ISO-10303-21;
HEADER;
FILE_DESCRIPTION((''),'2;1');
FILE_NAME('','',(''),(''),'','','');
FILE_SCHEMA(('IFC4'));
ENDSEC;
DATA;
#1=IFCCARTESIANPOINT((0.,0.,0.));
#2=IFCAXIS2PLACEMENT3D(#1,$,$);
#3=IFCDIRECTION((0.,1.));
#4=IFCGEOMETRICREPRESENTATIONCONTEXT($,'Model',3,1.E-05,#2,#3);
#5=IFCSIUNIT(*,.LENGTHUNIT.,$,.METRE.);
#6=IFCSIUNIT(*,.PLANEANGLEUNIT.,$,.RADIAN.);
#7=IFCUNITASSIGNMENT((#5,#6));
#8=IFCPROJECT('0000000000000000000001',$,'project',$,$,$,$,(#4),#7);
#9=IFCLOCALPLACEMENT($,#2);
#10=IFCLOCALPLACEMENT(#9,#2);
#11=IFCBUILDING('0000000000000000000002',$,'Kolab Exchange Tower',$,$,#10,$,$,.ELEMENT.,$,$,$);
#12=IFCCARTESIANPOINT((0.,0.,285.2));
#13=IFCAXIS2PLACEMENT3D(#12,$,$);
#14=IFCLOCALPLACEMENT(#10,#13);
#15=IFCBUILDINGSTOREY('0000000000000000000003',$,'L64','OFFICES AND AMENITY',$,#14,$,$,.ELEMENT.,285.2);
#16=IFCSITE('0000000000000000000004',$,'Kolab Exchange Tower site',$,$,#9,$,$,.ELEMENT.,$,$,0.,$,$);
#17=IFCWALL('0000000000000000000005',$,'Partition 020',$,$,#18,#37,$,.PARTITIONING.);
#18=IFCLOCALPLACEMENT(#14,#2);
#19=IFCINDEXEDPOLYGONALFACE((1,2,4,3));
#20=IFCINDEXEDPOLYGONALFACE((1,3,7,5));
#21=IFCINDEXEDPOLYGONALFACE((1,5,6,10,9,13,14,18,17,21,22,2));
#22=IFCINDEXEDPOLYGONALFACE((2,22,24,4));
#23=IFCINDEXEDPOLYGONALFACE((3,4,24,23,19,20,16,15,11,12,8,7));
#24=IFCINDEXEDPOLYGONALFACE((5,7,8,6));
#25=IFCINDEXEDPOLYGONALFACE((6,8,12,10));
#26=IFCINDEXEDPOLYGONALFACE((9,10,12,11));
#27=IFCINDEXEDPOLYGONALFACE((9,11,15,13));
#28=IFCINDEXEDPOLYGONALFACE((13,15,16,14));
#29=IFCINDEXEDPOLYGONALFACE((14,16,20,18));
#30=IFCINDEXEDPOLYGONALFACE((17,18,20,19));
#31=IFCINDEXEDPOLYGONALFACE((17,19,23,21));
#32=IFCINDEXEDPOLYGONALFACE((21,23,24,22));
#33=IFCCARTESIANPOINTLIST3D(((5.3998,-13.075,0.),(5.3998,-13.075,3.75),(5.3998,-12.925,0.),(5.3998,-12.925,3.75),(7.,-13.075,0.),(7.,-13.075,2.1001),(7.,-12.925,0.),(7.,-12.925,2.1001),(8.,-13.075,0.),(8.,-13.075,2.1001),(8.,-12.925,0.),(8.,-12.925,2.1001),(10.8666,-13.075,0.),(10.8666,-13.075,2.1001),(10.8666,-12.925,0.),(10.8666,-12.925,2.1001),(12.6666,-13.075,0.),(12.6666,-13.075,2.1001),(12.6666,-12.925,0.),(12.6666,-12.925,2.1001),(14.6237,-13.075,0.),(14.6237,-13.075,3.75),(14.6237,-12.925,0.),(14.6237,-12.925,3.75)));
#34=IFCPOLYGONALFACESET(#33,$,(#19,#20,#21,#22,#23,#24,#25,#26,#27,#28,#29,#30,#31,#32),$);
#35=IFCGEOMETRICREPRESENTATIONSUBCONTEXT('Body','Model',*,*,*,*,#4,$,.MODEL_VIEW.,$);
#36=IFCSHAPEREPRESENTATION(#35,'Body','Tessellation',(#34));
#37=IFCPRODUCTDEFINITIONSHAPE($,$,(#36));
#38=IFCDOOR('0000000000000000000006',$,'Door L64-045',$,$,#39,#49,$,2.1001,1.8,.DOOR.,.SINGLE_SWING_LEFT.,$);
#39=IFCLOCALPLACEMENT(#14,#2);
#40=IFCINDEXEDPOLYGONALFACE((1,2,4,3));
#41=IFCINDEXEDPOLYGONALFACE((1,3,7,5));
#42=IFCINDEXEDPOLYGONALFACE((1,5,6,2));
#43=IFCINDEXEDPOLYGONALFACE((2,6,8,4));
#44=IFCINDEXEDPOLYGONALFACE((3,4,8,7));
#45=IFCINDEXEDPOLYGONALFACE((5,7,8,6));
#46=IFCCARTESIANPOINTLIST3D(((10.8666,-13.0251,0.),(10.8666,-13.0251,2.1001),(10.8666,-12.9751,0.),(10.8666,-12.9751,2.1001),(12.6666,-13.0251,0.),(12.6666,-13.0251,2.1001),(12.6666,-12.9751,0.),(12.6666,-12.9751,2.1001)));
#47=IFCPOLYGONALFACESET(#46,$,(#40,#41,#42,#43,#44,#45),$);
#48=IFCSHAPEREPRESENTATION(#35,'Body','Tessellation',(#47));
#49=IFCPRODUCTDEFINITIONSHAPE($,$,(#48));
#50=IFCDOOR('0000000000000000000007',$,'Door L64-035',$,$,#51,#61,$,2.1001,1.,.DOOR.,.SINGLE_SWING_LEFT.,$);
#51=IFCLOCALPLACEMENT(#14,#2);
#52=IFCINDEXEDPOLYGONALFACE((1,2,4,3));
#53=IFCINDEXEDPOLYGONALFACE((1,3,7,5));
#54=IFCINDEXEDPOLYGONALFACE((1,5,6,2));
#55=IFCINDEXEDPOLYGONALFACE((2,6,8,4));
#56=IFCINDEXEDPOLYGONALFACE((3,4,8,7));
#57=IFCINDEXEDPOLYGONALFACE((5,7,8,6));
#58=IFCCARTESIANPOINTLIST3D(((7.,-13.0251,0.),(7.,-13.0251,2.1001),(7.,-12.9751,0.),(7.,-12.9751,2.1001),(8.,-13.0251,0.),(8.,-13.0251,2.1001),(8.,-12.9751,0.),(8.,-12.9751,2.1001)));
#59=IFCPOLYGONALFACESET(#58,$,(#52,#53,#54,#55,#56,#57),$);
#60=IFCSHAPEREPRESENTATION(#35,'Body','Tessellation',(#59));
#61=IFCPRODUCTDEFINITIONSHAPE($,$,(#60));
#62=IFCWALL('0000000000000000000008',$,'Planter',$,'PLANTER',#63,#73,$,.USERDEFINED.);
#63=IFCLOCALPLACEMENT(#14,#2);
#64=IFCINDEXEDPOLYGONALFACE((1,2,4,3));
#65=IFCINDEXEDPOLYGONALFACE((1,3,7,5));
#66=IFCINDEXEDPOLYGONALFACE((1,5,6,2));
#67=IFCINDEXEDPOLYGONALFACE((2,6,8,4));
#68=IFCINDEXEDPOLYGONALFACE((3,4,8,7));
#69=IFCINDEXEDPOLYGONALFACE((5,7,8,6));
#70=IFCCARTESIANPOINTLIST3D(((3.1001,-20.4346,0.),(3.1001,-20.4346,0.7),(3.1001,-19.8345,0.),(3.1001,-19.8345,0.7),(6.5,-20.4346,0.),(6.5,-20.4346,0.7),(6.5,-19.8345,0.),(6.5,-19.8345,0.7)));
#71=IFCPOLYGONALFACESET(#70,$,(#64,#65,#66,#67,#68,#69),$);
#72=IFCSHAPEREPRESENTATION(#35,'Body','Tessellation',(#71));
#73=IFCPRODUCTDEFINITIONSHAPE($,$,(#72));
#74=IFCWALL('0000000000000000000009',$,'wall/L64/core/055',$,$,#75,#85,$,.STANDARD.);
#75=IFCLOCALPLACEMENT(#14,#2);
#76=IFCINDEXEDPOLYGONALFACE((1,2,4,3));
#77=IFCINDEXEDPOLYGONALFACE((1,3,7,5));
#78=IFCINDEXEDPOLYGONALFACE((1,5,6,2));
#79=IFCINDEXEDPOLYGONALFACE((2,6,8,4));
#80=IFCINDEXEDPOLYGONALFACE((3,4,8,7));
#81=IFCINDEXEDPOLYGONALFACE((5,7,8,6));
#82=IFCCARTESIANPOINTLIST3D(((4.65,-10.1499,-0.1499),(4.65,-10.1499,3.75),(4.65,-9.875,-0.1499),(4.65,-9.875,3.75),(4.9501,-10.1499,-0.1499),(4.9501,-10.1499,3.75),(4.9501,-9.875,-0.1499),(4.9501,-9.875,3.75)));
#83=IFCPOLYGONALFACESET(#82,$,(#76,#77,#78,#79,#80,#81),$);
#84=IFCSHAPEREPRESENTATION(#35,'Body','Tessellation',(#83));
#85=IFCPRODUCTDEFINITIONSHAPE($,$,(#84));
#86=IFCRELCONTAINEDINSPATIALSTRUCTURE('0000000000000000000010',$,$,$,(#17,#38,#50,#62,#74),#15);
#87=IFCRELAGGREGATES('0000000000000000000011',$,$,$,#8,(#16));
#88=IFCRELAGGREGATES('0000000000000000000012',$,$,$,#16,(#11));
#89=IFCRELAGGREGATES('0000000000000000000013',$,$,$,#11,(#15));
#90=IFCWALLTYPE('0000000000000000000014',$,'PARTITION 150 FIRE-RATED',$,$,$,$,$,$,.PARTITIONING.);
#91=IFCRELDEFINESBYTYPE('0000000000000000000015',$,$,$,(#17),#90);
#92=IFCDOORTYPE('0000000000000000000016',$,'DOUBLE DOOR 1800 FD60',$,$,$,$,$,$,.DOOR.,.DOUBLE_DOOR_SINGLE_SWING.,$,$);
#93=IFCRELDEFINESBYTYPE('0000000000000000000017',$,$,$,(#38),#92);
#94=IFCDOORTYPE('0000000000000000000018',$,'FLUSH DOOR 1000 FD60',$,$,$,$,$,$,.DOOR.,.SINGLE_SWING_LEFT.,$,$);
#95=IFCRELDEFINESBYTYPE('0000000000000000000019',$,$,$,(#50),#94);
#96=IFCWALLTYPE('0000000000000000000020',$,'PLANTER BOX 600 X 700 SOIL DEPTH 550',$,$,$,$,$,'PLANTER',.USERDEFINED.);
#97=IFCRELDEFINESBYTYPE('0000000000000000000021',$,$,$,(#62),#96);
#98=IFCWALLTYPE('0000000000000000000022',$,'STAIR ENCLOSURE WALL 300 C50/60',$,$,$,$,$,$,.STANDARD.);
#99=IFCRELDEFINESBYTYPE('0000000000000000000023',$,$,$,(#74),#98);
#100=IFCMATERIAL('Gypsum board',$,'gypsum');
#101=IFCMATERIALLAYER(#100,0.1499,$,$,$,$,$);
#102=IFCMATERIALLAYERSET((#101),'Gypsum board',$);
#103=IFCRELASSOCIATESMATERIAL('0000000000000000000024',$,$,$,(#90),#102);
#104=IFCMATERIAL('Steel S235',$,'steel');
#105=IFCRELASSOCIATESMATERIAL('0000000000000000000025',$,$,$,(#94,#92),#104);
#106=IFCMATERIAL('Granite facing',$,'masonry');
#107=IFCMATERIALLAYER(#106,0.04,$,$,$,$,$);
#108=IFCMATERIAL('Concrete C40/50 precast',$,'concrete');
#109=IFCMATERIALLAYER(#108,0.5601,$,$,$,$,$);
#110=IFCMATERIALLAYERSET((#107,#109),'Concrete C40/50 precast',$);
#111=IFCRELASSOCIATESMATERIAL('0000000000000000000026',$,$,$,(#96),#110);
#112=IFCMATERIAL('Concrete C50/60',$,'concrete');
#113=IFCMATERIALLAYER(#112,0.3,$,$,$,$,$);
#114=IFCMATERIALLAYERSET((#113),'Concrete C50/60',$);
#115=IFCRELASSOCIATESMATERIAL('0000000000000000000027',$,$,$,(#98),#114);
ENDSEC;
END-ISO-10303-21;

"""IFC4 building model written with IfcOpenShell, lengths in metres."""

from ifc_helpers import new_model, si_unit, direction, frame, frame_2d, origin, place, context, subcontext, project, spatial, rectangle, extrude, material, layer, layer_set, type_object, element, fill, save


model = new_model("IFC4")

# Units and contexts
model_context = context("Model", 3, precision=1e-05, world=origin(), true_north=direction((0.0, 1.0)))
body_context = subcontext(model_context, "Body", "Model", "MODEL_VIEW")
ifc_project = project(units=[si_unit("LENGTHUNIT", "METRE"), si_unit("PLANEANGLEUNIT", "RADIAN")], contexts=[model_context])

# Site, building, storey
site_placement = place(None, origin())
site = spatial("IfcSite", under=ifc_project, at=site_placement, Name="Kolab Exchange Tower site", CompositionType="ELEMENT", RefElevation=0.0)
building_placement = place(site_placement, origin())
building = spatial("IfcBuilding", under=site, at=building_placement, Name="Kolab Exchange Tower", CompositionType="ELEMENT")
storey_placement = place(building_placement, frame((0.0, 0.0, 285.2)))
storey = spatial("IfcBuildingStorey", under=building, at=storey_placement, Name="L64", Description="OFFICES AND AMENITY", CompositionType="ELEMENT", Elevation=285.2)

# Shared definitions
ifc_material_1 = material(Name="Concrete C50/60", Category="concrete")

# Shared definitions
ifc_material_2 = material(Name="Gypsum board", Category="gypsum")
ifc_layer_1 = layer(ifc_material_2, 0.1499)
ifc_layer_set_1 = layer_set([ifc_layer_1], Name="Gypsum board")
wall_type_1 = type_object("IfcWallType", Name="PARTITION 150 FIRE-RATED", PredefinedType="PARTITIONING", material=ifc_layer_set_1)

# Shared definitions
ifc_material_3 = material(Name="Steel S235", Category="steel")
door_type_1 = type_object("IfcDoorType", Name="FLUSH DOOR 1000 FD60", OperationType="SINGLE_SWING_LEFT", PredefinedType="DOOR", material=ifc_material_3)

# Wall, openings, doors
wall_1_placement = place(storey_placement, frame((5.3999, -13.0, 0.0), z_axis=(0.0, 0.0, 1.0), x_axis=(1.0, 0.0, 0.0)))
wall_1 = element("IfcWall", 1, at=wall_1_placement, inside=storey, type_object=wall_type_1, Name="Partition 020", PredefinedType="PARTITIONING", context=body_context, shape_type="SweptSolid", body=[
    extrude(rectangle(XDim=9.2239, YDim=0.1499, at=frame_2d((4.6118, 0.0))), origin(), (0.0, 0.0, 1.0), 3.75),
])
opening_1_placement = place(wall_1_placement, frame((1.6001, 0.0, 0.0)))
opening_1 = element("IfcOpeningElement", 2, at=opening_1_placement, cuts=wall_1, PredefinedType="OPENING", context=body_context, shape_type="SweptSolid", body=[
    extrude(rectangle(XDim=1.0, YDim=2.1001, at=frame_2d((0.5, 1.05))), frame((0.0, 0.085, 0.0), z_axis=(0.0, -1.0, 0.0), x_axis=(1.0, 0.0, 0.0)), (0.0, 0.0, 1.0), 0.1699),
])
opening_2_placement = place(wall_1_placement, frame((5.4668, 0.0, 0.0)))
opening_2 = element("IfcOpeningElement", 3, at=opening_2_placement, cuts=wall_1, PredefinedType="OPENING", context=body_context, shape_type="SweptSolid", body=[
    extrude(rectangle(XDim=1.8, YDim=2.1001, at=frame_2d((0.8999, 1.05))), frame((0.0, 0.085, 0.0), z_axis=(0.0, -1.0, 0.0), x_axis=(1.0, 0.0, 0.0)), (0.0, 0.0, 1.0), 0.1699),
])
door_type_2 = type_object("IfcDoorType", Name="DOUBLE DOOR 1800 FD60", OperationType="DOUBLE_DOOR_SINGLE_SWING", PredefinedType="DOOR", material=ifc_material_3)
door_1_placement = place(opening_2_placement, origin())
door_1 = element("IfcDoor", 4, at=door_1_placement, inside=storey, type_object=door_type_2, Name="Door L64-045", OperationType="SINGLE_SWING_LEFT", OverallHeight=2.1001, OverallWidth=1.8, PredefinedType="DOOR", context=body_context, shape_type="SweptSolid", body=[
    extrude(rectangle(XDim=1.8, YDim=2.1001, at=frame_2d((0.8999, 1.05))), frame((0.0, 0.0249, 0.0), z_axis=(0.0, -1.0, 0.0), x_axis=(1.0, 0.0, 0.0)), (0.0, 0.0, 1.0), 0.05),
])
fill(opening_2, door_1)
door_2_placement = place(opening_1_placement, origin())
door_2 = element("IfcDoor", 5, at=door_2_placement, inside=storey, type_object=door_type_1, Name="Door L64-035", OperationType="SINGLE_SWING_LEFT", OverallHeight=2.1001, OverallWidth=1.0, PredefinedType="DOOR", context=body_context, shape_type="SweptSolid", body=[
    extrude(rectangle(XDim=1.0, YDim=2.1001, at=frame_2d((0.5, 1.05))), frame((0.0, 0.0249, 0.0), z_axis=(0.0, -1.0, 0.0), x_axis=(1.0, 0.0, 0.0)), (0.0, 0.0, 1.0), 0.05),
])
fill(opening_1, door_2)

# Walls
ifc_material_4 = material(Name="Granite facing", Category="masonry")
ifc_layer_2 = layer(ifc_material_4, 0.04)
ifc_material_5 = material(Name="Concrete C40/50 precast", Category="concrete")
ifc_layer_3 = layer(ifc_material_5, 0.5601)
ifc_layer_set_2 = layer_set([ifc_layer_2, ifc_layer_3], Name="Concrete C40/50 precast")
wall_type_2 = type_object("IfcWallType", Name="PLANTER BOX 600 X 700 SOIL DEPTH 550", ElementType="PLANTER", PredefinedType="USERDEFINED", material=ifc_layer_set_2)
wall_2_placement = place(storey_placement, frame((6.5, -20.1345, 0.0), z_axis=(0.0, 0.0, 1.0), x_axis=(-1.0, 0.0, 0.0)))
element("IfcWall", 6, at=wall_2_placement, inside=storey, type_object=wall_type_2, Name="Planter", ObjectType="PLANTER", PredefinedType="USERDEFINED", context=body_context, shape_type="SweptSolid", body=[
    extrude(rectangle(XDim=3.3999, YDim=0.6001, at=frame_2d((1.7, 0.0))), origin(), (0.0, 0.0, 1.0), 0.7),
])
ifc_layer_4 = layer(ifc_material_1, 0.3)
ifc_layer_set_3 = layer_set([ifc_layer_4], Name="Concrete C50/60")
wall_type_3 = type_object("IfcWallType", Name="STAIR ENCLOSURE WALL 300 C50/60", PredefinedType="STANDARD", material=ifc_layer_set_3)
wall_3_placement = place(storey_placement, frame((4.8, -10.1499, -0.1499), z_axis=(0.0, 0.0, 1.0), x_axis=(0.0, 1.0, 0.0)))
element("IfcWall", 7, at=wall_3_placement, inside=storey, type_object=wall_type_3, Name="wall/L64/core/055", PredefinedType="STANDARD", context=body_context, shape_type="SweptSolid", body=[
    extrude(rectangle(XDim=0.2749, YDim=0.3, at=frame_2d((0.1375, 0.0))), origin(), (0.0, 0.0, 1.0), 3.8999),
])

save(model, "model.ifc")
